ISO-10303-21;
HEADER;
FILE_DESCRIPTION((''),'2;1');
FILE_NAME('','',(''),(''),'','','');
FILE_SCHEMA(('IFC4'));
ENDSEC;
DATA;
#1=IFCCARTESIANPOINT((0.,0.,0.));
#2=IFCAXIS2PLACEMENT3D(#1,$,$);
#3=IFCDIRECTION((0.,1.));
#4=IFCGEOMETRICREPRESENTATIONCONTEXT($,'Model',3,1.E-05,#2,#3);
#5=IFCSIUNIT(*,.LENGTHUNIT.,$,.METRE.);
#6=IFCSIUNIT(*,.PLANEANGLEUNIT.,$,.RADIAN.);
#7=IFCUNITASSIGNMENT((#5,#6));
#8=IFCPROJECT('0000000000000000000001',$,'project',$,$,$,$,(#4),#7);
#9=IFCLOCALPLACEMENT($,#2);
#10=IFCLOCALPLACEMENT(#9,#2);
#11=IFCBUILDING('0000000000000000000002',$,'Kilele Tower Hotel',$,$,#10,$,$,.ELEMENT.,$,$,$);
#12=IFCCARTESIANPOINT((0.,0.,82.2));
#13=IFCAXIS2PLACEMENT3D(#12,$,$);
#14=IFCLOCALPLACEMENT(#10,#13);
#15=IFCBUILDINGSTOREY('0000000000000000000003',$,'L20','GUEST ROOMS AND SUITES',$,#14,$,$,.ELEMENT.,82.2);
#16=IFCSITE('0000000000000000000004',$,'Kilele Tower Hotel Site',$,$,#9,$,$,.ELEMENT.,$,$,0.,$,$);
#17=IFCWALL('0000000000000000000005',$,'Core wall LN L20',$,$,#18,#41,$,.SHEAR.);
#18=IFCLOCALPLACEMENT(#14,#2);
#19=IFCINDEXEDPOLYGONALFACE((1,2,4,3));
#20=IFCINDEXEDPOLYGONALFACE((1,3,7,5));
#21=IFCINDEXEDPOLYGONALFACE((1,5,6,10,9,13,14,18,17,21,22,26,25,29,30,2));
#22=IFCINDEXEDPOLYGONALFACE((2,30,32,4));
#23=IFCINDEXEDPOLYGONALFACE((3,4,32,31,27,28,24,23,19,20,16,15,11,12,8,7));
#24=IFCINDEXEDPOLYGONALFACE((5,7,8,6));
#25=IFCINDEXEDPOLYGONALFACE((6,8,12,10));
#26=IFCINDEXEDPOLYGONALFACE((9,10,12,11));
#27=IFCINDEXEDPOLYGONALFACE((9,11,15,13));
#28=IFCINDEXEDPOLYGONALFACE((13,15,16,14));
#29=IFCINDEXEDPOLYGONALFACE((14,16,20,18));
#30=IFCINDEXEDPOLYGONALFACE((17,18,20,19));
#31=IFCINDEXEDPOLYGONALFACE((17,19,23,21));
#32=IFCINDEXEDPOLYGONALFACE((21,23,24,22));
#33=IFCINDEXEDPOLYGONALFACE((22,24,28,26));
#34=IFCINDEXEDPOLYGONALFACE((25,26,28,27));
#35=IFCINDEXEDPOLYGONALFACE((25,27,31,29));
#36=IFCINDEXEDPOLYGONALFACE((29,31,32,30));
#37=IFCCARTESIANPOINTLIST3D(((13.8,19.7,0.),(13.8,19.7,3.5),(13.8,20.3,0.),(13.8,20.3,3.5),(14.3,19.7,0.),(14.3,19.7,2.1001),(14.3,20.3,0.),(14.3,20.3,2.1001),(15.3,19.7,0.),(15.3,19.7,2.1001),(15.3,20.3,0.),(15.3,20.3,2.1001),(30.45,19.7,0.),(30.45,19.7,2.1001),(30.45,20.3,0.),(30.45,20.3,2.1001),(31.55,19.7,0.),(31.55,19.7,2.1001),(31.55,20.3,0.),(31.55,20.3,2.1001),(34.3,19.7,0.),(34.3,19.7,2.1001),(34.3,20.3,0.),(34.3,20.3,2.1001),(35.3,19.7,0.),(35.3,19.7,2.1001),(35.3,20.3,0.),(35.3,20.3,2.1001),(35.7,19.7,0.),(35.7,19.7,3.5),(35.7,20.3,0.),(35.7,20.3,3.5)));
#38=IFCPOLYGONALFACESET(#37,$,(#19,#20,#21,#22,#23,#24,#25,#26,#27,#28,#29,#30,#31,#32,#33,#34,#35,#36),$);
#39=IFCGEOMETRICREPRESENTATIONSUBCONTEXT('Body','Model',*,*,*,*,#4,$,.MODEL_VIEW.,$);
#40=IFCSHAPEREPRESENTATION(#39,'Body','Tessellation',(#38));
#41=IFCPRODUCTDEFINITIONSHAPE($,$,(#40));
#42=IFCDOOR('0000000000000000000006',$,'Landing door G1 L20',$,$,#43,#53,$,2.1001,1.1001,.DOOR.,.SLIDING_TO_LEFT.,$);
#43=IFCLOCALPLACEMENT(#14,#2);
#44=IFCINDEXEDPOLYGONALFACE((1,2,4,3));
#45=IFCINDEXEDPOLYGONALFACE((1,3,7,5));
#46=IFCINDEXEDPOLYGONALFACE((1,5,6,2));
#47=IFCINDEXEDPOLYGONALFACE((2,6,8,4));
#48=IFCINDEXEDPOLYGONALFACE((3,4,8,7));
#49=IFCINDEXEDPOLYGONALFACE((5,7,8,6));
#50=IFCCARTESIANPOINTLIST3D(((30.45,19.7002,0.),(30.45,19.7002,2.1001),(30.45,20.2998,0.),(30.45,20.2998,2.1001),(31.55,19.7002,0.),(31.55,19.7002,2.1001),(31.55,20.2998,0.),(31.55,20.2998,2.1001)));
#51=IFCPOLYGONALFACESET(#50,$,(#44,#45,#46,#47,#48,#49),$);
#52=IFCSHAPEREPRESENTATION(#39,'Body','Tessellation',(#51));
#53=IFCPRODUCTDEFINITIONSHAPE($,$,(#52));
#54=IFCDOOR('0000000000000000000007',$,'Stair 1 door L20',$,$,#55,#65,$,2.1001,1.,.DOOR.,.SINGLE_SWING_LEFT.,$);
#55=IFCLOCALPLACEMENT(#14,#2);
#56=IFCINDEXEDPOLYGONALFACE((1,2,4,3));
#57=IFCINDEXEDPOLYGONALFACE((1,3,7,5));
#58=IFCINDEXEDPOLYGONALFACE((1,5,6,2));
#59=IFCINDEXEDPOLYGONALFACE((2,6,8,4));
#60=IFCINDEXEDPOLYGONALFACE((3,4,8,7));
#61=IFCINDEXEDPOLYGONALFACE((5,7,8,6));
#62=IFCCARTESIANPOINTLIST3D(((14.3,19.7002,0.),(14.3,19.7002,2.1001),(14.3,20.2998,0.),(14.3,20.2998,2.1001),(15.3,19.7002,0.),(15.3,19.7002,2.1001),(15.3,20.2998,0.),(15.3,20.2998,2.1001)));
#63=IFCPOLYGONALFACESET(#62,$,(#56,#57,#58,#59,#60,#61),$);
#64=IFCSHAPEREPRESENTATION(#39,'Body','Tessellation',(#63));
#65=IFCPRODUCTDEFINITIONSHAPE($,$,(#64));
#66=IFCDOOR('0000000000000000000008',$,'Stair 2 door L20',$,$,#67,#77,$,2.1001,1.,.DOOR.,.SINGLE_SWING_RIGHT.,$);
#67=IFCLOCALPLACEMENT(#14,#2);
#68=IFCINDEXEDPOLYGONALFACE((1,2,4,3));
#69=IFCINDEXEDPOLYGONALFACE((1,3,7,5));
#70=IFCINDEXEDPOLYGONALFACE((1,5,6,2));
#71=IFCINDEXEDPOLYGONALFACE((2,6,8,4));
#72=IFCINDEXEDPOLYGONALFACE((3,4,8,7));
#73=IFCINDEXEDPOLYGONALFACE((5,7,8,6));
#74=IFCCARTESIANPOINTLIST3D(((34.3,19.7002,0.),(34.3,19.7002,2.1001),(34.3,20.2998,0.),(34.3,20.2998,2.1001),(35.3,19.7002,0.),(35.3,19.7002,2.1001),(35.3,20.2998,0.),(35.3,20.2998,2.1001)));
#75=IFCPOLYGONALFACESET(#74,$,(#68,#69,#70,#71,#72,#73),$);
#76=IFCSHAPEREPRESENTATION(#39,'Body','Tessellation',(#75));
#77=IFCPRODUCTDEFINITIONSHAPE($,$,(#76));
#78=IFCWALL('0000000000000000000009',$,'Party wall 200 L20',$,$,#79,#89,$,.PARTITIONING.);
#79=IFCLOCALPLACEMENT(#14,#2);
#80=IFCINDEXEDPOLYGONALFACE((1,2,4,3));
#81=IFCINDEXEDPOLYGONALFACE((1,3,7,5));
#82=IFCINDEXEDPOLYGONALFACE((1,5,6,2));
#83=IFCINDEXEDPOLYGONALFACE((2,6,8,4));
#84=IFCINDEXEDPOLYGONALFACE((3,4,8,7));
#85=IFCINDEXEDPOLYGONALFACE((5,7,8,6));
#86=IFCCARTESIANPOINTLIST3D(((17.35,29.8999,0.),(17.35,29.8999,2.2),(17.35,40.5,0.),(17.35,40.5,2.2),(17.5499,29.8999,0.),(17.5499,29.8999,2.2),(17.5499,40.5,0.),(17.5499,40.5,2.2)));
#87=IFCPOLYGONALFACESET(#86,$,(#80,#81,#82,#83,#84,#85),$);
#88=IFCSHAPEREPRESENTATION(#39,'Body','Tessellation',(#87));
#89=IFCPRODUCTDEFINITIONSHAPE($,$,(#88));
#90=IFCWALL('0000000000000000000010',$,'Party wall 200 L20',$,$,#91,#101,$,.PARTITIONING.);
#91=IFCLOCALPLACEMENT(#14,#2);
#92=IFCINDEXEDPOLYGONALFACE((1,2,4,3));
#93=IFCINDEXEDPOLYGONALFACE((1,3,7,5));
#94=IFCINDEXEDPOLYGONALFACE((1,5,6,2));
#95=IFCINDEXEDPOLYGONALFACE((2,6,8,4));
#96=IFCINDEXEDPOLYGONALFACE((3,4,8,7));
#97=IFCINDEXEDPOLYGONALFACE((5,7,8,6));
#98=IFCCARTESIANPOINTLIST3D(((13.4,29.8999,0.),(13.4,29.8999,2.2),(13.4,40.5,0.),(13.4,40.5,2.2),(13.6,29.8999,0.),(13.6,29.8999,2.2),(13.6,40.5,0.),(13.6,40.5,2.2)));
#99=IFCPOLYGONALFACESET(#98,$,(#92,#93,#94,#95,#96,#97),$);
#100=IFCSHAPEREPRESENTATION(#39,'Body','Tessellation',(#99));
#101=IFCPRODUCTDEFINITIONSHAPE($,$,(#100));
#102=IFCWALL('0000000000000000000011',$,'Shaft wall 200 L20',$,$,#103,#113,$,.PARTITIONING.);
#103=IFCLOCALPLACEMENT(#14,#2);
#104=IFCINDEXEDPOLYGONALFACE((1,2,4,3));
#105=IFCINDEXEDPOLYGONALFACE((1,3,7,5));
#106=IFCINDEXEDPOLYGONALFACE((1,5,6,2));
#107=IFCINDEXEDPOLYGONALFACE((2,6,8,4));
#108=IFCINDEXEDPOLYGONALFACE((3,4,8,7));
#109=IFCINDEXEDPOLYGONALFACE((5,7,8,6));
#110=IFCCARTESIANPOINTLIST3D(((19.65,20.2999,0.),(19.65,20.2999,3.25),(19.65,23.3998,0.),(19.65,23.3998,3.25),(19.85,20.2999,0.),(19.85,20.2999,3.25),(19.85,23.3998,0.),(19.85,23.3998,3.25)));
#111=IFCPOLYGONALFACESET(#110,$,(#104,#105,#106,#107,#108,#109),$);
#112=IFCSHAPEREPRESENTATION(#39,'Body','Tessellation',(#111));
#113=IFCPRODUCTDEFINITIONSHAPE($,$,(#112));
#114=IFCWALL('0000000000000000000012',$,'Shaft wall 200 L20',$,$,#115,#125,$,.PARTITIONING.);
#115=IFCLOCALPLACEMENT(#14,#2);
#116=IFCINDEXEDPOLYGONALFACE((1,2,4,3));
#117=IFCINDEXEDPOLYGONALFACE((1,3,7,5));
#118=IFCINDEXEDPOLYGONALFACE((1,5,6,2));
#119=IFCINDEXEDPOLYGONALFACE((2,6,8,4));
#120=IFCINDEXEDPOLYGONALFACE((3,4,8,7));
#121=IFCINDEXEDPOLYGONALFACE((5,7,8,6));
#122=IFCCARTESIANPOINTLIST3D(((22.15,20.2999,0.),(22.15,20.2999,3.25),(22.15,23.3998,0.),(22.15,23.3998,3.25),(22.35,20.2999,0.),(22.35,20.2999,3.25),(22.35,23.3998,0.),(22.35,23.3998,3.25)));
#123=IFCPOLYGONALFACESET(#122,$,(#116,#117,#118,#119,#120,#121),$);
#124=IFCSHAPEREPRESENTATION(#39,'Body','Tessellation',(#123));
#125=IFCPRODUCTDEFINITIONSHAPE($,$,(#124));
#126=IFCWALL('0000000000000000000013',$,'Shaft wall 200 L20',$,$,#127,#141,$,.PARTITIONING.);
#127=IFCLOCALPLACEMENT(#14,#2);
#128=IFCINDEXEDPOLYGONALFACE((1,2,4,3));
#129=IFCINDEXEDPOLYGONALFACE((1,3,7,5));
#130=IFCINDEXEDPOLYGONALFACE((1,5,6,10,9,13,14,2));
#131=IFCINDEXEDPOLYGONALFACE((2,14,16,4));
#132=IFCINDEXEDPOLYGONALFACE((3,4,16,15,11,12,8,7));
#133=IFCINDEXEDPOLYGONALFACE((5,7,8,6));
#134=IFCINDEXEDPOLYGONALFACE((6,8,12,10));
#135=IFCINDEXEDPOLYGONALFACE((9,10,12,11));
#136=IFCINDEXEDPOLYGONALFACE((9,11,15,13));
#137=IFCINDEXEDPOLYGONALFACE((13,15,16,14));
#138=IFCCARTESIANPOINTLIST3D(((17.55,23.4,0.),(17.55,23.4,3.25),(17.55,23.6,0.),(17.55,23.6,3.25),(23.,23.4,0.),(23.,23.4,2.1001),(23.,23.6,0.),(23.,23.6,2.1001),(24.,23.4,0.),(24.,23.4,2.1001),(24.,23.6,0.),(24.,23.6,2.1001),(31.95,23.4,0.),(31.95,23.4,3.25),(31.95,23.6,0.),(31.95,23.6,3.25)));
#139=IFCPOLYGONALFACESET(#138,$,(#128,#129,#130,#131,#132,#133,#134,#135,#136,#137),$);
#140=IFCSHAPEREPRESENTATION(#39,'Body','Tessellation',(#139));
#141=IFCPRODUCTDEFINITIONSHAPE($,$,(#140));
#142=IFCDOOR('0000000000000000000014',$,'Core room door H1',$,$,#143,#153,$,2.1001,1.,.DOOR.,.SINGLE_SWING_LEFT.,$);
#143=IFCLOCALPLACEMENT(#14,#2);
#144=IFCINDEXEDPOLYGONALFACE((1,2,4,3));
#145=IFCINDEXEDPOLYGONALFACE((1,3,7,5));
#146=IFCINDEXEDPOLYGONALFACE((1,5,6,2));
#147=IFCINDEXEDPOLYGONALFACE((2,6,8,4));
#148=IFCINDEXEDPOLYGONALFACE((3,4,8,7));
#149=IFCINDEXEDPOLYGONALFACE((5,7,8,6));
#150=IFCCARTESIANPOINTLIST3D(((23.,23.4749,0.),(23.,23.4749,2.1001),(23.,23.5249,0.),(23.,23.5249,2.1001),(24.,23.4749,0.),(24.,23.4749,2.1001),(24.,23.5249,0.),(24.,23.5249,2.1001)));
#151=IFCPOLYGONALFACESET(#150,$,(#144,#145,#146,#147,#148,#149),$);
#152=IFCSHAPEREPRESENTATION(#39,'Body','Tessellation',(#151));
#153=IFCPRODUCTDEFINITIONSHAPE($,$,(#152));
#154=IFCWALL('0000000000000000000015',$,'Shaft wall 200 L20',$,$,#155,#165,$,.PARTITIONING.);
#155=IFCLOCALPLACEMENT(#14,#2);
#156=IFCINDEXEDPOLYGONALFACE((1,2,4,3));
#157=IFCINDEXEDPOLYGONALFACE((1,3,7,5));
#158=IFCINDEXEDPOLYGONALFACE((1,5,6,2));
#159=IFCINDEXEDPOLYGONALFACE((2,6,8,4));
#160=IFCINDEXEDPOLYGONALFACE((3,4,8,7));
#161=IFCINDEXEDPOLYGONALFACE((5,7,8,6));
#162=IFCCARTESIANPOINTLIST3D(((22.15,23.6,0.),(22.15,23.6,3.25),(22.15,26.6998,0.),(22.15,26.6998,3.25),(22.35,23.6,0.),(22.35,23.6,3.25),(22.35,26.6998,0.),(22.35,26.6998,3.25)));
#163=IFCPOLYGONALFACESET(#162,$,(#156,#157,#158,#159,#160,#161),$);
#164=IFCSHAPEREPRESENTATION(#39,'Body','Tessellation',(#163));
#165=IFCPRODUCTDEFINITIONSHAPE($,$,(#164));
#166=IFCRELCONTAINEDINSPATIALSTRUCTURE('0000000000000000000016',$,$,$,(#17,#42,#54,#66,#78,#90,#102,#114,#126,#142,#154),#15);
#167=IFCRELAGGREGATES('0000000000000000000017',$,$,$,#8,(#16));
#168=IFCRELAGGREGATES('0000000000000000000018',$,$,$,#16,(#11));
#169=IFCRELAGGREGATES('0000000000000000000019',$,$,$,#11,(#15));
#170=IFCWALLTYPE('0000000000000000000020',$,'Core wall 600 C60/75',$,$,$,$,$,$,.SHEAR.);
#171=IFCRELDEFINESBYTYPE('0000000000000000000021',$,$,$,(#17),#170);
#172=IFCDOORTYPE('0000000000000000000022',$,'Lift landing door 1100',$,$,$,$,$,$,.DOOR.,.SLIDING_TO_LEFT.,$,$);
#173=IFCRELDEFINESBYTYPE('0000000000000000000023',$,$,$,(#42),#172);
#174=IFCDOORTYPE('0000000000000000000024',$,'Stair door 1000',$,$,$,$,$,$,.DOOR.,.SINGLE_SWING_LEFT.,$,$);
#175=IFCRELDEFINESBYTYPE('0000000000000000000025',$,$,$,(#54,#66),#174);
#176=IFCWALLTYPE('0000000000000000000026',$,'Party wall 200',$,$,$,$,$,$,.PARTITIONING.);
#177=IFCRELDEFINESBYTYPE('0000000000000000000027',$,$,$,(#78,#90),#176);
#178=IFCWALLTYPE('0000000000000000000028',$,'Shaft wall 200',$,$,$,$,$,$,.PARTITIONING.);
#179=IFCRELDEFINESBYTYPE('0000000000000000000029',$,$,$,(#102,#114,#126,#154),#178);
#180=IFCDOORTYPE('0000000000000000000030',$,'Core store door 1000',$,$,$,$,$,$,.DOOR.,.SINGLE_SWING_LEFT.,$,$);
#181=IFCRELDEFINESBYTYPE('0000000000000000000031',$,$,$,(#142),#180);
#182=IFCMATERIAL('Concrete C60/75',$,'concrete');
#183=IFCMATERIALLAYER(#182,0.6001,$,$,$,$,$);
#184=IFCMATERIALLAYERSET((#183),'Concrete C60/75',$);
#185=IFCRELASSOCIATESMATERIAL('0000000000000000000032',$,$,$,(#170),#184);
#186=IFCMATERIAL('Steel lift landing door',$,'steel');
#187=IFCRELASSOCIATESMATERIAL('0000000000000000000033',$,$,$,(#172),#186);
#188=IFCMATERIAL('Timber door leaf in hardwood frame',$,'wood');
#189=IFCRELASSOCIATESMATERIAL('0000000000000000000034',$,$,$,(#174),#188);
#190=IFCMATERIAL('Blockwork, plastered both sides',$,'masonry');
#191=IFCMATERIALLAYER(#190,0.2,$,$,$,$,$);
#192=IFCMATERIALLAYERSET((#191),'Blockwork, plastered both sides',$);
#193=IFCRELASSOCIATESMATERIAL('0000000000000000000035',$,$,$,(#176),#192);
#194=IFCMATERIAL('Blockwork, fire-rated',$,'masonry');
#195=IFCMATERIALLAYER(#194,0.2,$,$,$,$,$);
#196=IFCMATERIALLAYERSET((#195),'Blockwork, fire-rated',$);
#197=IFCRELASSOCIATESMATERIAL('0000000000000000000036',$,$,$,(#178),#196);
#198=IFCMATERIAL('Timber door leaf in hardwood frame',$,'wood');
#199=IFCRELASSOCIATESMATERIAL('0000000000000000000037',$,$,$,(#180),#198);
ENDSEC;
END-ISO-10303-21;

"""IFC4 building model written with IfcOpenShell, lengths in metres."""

from ifc_helpers import new_model, si_unit, direction, frame, frame_2d, origin, place, context, subcontext, project, spatial, rectangle, extrude, material, layer, layer_set, type_object, element, fill, save


model = new_model("IFC4")

# Units and contexts
model_context = context("Model", 3, precision=1e-05, world=origin(), true_north=direction((0.0, 1.0)))
body_context = subcontext(model_context, "Body", "Model", "MODEL_VIEW")
ifc_project = project(units=[si_unit("LENGTHUNIT", "METRE"), si_unit("PLANEANGLEUNIT", "RADIAN")], contexts=[model_context])

# Site, building, storey
site_placement = place(None, origin())
site = spatial("IfcSite", under=ifc_project, at=site_placement, Name="Kilele Tower Hotel Site", CompositionType="ELEMENT", RefElevation=0.0)
building_placement = place(site_placement, origin())
building = spatial("IfcBuilding", under=site, at=building_placement, Name="Kilele Tower Hotel", CompositionType="ELEMENT")
storey_placement = place(building_placement, frame((0.0, 0.0, 82.2)))
storey = spatial("IfcBuildingStorey", under=building, at=storey_placement, Name="L20", Description="GUEST ROOMS AND SUITES", CompositionType="ELEMENT", Elevation=82.2)

# Wall, openings, doors
ifc_material_1 = material(Name="Concrete C60/75", Category="concrete")
ifc_layer_1 = layer(ifc_material_1, 0.6001)
ifc_layer_set_1 = layer_set([ifc_layer_1], Name="Concrete C60/75")
wall_type_1 = type_object("IfcWallType", Name="Core wall 600 C60/75", PredefinedType="SHEAR", material=ifc_layer_set_1)
wall_1_placement = place(storey_placement, frame((13.8, 20.0, 0.0), z_axis=(0.0, 0.0, 1.0), x_axis=(1.0, 0.0, 0.0)))
wall_1 = element("IfcWall", 1, at=wall_1_placement, inside=storey, type_object=wall_type_1, Name="Core wall LN L20", PredefinedType="SHEAR", context=body_context, shape_type="SweptSolid", body=[
    extrude(rectangle(XDim=21.8999, YDim=0.6001, at=frame_2d((10.95, 0.0))), origin(), (0.0, 0.0, 1.0), 3.5),
])
opening_1_placement = place(wall_1_placement, frame((0.5, 0.0, 0.0)))
opening_1 = element("IfcOpeningElement", 2, at=opening_1_placement, cuts=wall_1, PredefinedType="OPENING", context=body_context, shape_type="SweptSolid", body=[
    extrude(rectangle(XDim=1.0, YDim=2.1001, at=frame_2d((0.5, 1.05))), frame((0.0, 0.3101, 0.0), z_axis=(0.0, -1.0, 0.0), x_axis=(1.0, 0.0, 0.0)), (0.0, 0.0, 1.0), 0.6201),
])
opening_2_placement = place(wall_1_placement, frame((20.5, 0.0, 0.0)))
opening_2 = element("IfcOpeningElement", 3, at=opening_2_placement, cuts=wall_1, PredefinedType="OPENING", context=body_context, shape_type="SweptSolid", body=[
    extrude(rectangle(XDim=1.0, YDim=2.1001, at=frame_2d((0.5, 1.05))), frame((0.0, 0.3101, 0.0), z_axis=(0.0, -1.0, 0.0), x_axis=(1.0, 0.0, 0.0)), (0.0, 0.0, 1.0), 0.6201),
])
opening_3_placement = place(wall_1_placement, frame((16.6499, 0.0, 0.0)))
opening_3 = element("IfcOpeningElement", 4, at=opening_3_placement, cuts=wall_1, PredefinedType="OPENING", context=body_context, shape_type="SweptSolid", body=[
    extrude(rectangle(XDim=1.1001, YDim=2.1001, at=frame_2d((0.55, 1.05))), frame((0.0, 0.3101, 0.0), z_axis=(0.0, -1.0, 0.0), x_axis=(1.0, 0.0, 0.0)), (0.0, 0.0, 1.0), 0.6201),
])
ifc_material_2 = material(Name="Steel lift landing door", Category="steel")
door_type_1 = type_object("IfcDoorType", Name="Lift landing door 1100", OperationType="SLIDING_TO_LEFT", PredefinedType="DOOR", material=ifc_material_2)
door_1_placement = place(opening_3_placement, origin())
door_1 = element("IfcDoor", 5, at=door_1_placement, inside=storey, type_object=door_type_1, Name="Landing door G1 L20", OperationType="SLIDING_TO_LEFT", OverallHeight=2.1001, OverallWidth=1.1001, PredefinedType="DOOR", context=body_context, shape_type="SweptSolid", body=[
    extrude(rectangle(XDim=1.1001, YDim=2.1001, at=frame_2d((0.55, 1.05))), frame((0.0, 0.2998, 0.0), z_axis=(0.0, -1.0, 0.0), x_axis=(1.0, 0.0, 0.0)), (0.0, 0.0, 1.0), 0.5996),
])
fill(opening_3, door_1)
ifc_material_3 = material(Name="Timber door leaf in hardwood frame", Category="wood")
door_type_2 = type_object("IfcDoorType", Name="Stair door 1000", OperationType="SINGLE_SWING_LEFT", PredefinedType="DOOR", material=ifc_material_3)
door_2_placement = place(opening_1_placement, origin())
door_2 = element("IfcDoor", 6, at=door_2_placement, inside=storey, type_object=door_type_2, Name="Stair 1 door L20", OperationType="SINGLE_SWING_LEFT", OverallHeight=2.1001, OverallWidth=1.0, PredefinedType="DOOR", context=body_context, shape_type="SweptSolid", body=[
    extrude(rectangle(XDim=1.0, YDim=2.1001, at=frame_2d((0.5, 1.05))), frame((0.0, 0.2998, 0.0), z_axis=(0.0, -1.0, 0.0), x_axis=(1.0, 0.0, 0.0)), (0.0, 0.0, 1.0), 0.5996),
])
fill(opening_1, door_2)
door_3_placement = place(opening_2_placement, origin())
door_3 = element("IfcDoor", 7, at=door_3_placement, inside=storey, type_object=door_type_2, Name="Stair 2 door L20", OperationType="SINGLE_SWING_RIGHT", OverallHeight=2.1001, OverallWidth=1.0, PredefinedType="DOOR", context=body_context, shape_type="SweptSolid", body=[
    extrude(rectangle(XDim=1.0, YDim=2.1001, at=frame_2d((0.5, 1.05))), frame((0.0, 0.2998, 0.0), z_axis=(0.0, -1.0, 0.0), x_axis=(1.0, 0.0, 0.0)), (0.0, 0.0, 1.0), 0.5996),
])
fill(opening_2, door_3)

# Walls
ifc_material_4 = material(Name="Blockwork, plastered both sides", Category="masonry")
ifc_layer_2 = layer(ifc_material_4, 0.2)
ifc_layer_set_2 = layer_set([ifc_layer_2], Name="Blockwork, plastered both sides")
wall_type_2 = type_object("IfcWallType", Name="Party wall 200", PredefinedType="PARTITIONING", material=ifc_layer_set_2)
for number, where, z_axis, x_axis, name in (
    (8, (17.45, 29.8999, 0.0), (0.0, 0.0, 1.0), (0.0, 1.0, 0.0), "Party wall 200 L20"),
    (9, (13.5, 29.8999, 0.0), (0.0, 0.0, 1.0), (0.0, 1.0, 0.0), "Party wall 200 L20"),
):
    element("IfcWall", number, at=place(storey_placement, frame(where, z_axis=z_axis, x_axis=x_axis)), inside=storey, type_object=wall_type_2, Name=name, PredefinedType="PARTITIONING", context=body_context, shape_type="SweptSolid", body=[
        extrude(rectangle(XDim=10.6001, YDim=0.2, at=frame_2d((5.3, 0.0))), origin(), (0.0, 0.0, 1.0), 2.2),
    ])
ifc_material_5 = material(Name="Blockwork, fire-rated", Category="masonry")
ifc_layer_3 = layer(ifc_material_5, 0.2)
ifc_layer_set_3 = layer_set([ifc_layer_3], Name="Blockwork, fire-rated")
wall_type_3 = type_object("IfcWallType", Name="Shaft wall 200", PredefinedType="PARTITIONING", material=ifc_layer_set_3)
for number, where, z_axis, x_axis, name in (
    (10, (19.75, 20.3, 0.0), (0.0, 0.0, 1.0), (0.0, 1.0, 0.0), "Shaft wall 200 L20"),
    (11, (22.25, 20.3, 0.0), (0.0, 0.0, 1.0), (0.0, 1.0, 0.0), "Shaft wall 200 L20"),
):
    element("IfcWall", number, at=place(storey_placement, frame(where, z_axis=z_axis, x_axis=x_axis)), inside=storey, type_object=wall_type_3, Name=name, PredefinedType="PARTITIONING", context=body_context, shape_type="SweptSolid", body=[
        extrude(rectangle(XDim=3.0999, YDim=0.2, at=frame_2d((1.5498, 0.0))), origin(), (0.0, 0.0, 1.0), 3.25),
    ])

# Wall, opening, door
wall_2_placement = place(storey_placement, frame((17.55, 23.5, 0.0), z_axis=(0.0, 0.0, 1.0), x_axis=(1.0, 0.0, 0.0)))
wall_2 = element("IfcWall", 12, at=wall_2_placement, inside=storey, type_object=wall_type_3, Name="Shaft wall 200 L20", PredefinedType="PARTITIONING", context=body_context, shape_type="SweptSolid", body=[
    extrude(rectangle(XDim=14.3999, YDim=0.2, at=frame_2d((7.2, 0.0))), origin(), (0.0, 0.0, 1.0), 3.25),
])
opening_4_placement = place(wall_2_placement, frame((5.45, 0.0, 0.0)))
opening_4 = element("IfcOpeningElement", 13, at=opening_4_placement, cuts=wall_2, PredefinedType="OPENING", context=body_context, shape_type="SweptSolid", body=[
    extrude(rectangle(XDim=1.0, YDim=2.1001, at=frame_2d((0.5, 1.05))), frame((0.0, 0.1099, 0.0), z_axis=(0.0, -1.0, 0.0), x_axis=(1.0, 0.0, 0.0)), (0.0, 0.0, 1.0), 0.22),
])
ifc_material_6 = material(Name="Timber door leaf in hardwood frame", Category="wood")
door_type_3 = type_object("IfcDoorType", Name="Core store door 1000", OperationType="SINGLE_SWING_LEFT", PredefinedType="DOOR", material=ifc_material_6)
door_4_placement = place(opening_4_placement, origin())
door_4 = element("IfcDoor", 14, at=door_4_placement, inside=storey, type_object=door_type_3, Name="Core room door H1", OperationType="SINGLE_SWING_LEFT", OverallHeight=2.1001, OverallWidth=1.0, PredefinedType="DOOR", context=body_context, shape_type="SweptSolid", body=[
    extrude(rectangle(XDim=1.0, YDim=2.1001, at=frame_2d((0.5, 1.05))), frame((0.0, 0.0249, 0.0), z_axis=(0.0, -1.0, 0.0), x_axis=(1.0, 0.0, 0.0)), (0.0, 0.0, 1.0), 0.05),
])
fill(opening_4, door_4)

# Wall
wall_3_placement = place(storey_placement, frame((22.25, 23.6001, 0.0), z_axis=(0.0, 0.0, 1.0), x_axis=(0.0, 1.0, 0.0)))
element("IfcWall", 15, at=wall_3_placement, inside=storey, type_object=wall_type_3, Name="Shaft wall 200 L20", PredefinedType="PARTITIONING", context=body_context, shape_type="SweptSolid", body=[
    extrude(rectangle(XDim=3.0999, YDim=0.2, at=frame_2d((1.5498, 0.0))), origin(), (0.0, 0.0, 1.0), 3.25),
])

save(model, "model.ifc")
